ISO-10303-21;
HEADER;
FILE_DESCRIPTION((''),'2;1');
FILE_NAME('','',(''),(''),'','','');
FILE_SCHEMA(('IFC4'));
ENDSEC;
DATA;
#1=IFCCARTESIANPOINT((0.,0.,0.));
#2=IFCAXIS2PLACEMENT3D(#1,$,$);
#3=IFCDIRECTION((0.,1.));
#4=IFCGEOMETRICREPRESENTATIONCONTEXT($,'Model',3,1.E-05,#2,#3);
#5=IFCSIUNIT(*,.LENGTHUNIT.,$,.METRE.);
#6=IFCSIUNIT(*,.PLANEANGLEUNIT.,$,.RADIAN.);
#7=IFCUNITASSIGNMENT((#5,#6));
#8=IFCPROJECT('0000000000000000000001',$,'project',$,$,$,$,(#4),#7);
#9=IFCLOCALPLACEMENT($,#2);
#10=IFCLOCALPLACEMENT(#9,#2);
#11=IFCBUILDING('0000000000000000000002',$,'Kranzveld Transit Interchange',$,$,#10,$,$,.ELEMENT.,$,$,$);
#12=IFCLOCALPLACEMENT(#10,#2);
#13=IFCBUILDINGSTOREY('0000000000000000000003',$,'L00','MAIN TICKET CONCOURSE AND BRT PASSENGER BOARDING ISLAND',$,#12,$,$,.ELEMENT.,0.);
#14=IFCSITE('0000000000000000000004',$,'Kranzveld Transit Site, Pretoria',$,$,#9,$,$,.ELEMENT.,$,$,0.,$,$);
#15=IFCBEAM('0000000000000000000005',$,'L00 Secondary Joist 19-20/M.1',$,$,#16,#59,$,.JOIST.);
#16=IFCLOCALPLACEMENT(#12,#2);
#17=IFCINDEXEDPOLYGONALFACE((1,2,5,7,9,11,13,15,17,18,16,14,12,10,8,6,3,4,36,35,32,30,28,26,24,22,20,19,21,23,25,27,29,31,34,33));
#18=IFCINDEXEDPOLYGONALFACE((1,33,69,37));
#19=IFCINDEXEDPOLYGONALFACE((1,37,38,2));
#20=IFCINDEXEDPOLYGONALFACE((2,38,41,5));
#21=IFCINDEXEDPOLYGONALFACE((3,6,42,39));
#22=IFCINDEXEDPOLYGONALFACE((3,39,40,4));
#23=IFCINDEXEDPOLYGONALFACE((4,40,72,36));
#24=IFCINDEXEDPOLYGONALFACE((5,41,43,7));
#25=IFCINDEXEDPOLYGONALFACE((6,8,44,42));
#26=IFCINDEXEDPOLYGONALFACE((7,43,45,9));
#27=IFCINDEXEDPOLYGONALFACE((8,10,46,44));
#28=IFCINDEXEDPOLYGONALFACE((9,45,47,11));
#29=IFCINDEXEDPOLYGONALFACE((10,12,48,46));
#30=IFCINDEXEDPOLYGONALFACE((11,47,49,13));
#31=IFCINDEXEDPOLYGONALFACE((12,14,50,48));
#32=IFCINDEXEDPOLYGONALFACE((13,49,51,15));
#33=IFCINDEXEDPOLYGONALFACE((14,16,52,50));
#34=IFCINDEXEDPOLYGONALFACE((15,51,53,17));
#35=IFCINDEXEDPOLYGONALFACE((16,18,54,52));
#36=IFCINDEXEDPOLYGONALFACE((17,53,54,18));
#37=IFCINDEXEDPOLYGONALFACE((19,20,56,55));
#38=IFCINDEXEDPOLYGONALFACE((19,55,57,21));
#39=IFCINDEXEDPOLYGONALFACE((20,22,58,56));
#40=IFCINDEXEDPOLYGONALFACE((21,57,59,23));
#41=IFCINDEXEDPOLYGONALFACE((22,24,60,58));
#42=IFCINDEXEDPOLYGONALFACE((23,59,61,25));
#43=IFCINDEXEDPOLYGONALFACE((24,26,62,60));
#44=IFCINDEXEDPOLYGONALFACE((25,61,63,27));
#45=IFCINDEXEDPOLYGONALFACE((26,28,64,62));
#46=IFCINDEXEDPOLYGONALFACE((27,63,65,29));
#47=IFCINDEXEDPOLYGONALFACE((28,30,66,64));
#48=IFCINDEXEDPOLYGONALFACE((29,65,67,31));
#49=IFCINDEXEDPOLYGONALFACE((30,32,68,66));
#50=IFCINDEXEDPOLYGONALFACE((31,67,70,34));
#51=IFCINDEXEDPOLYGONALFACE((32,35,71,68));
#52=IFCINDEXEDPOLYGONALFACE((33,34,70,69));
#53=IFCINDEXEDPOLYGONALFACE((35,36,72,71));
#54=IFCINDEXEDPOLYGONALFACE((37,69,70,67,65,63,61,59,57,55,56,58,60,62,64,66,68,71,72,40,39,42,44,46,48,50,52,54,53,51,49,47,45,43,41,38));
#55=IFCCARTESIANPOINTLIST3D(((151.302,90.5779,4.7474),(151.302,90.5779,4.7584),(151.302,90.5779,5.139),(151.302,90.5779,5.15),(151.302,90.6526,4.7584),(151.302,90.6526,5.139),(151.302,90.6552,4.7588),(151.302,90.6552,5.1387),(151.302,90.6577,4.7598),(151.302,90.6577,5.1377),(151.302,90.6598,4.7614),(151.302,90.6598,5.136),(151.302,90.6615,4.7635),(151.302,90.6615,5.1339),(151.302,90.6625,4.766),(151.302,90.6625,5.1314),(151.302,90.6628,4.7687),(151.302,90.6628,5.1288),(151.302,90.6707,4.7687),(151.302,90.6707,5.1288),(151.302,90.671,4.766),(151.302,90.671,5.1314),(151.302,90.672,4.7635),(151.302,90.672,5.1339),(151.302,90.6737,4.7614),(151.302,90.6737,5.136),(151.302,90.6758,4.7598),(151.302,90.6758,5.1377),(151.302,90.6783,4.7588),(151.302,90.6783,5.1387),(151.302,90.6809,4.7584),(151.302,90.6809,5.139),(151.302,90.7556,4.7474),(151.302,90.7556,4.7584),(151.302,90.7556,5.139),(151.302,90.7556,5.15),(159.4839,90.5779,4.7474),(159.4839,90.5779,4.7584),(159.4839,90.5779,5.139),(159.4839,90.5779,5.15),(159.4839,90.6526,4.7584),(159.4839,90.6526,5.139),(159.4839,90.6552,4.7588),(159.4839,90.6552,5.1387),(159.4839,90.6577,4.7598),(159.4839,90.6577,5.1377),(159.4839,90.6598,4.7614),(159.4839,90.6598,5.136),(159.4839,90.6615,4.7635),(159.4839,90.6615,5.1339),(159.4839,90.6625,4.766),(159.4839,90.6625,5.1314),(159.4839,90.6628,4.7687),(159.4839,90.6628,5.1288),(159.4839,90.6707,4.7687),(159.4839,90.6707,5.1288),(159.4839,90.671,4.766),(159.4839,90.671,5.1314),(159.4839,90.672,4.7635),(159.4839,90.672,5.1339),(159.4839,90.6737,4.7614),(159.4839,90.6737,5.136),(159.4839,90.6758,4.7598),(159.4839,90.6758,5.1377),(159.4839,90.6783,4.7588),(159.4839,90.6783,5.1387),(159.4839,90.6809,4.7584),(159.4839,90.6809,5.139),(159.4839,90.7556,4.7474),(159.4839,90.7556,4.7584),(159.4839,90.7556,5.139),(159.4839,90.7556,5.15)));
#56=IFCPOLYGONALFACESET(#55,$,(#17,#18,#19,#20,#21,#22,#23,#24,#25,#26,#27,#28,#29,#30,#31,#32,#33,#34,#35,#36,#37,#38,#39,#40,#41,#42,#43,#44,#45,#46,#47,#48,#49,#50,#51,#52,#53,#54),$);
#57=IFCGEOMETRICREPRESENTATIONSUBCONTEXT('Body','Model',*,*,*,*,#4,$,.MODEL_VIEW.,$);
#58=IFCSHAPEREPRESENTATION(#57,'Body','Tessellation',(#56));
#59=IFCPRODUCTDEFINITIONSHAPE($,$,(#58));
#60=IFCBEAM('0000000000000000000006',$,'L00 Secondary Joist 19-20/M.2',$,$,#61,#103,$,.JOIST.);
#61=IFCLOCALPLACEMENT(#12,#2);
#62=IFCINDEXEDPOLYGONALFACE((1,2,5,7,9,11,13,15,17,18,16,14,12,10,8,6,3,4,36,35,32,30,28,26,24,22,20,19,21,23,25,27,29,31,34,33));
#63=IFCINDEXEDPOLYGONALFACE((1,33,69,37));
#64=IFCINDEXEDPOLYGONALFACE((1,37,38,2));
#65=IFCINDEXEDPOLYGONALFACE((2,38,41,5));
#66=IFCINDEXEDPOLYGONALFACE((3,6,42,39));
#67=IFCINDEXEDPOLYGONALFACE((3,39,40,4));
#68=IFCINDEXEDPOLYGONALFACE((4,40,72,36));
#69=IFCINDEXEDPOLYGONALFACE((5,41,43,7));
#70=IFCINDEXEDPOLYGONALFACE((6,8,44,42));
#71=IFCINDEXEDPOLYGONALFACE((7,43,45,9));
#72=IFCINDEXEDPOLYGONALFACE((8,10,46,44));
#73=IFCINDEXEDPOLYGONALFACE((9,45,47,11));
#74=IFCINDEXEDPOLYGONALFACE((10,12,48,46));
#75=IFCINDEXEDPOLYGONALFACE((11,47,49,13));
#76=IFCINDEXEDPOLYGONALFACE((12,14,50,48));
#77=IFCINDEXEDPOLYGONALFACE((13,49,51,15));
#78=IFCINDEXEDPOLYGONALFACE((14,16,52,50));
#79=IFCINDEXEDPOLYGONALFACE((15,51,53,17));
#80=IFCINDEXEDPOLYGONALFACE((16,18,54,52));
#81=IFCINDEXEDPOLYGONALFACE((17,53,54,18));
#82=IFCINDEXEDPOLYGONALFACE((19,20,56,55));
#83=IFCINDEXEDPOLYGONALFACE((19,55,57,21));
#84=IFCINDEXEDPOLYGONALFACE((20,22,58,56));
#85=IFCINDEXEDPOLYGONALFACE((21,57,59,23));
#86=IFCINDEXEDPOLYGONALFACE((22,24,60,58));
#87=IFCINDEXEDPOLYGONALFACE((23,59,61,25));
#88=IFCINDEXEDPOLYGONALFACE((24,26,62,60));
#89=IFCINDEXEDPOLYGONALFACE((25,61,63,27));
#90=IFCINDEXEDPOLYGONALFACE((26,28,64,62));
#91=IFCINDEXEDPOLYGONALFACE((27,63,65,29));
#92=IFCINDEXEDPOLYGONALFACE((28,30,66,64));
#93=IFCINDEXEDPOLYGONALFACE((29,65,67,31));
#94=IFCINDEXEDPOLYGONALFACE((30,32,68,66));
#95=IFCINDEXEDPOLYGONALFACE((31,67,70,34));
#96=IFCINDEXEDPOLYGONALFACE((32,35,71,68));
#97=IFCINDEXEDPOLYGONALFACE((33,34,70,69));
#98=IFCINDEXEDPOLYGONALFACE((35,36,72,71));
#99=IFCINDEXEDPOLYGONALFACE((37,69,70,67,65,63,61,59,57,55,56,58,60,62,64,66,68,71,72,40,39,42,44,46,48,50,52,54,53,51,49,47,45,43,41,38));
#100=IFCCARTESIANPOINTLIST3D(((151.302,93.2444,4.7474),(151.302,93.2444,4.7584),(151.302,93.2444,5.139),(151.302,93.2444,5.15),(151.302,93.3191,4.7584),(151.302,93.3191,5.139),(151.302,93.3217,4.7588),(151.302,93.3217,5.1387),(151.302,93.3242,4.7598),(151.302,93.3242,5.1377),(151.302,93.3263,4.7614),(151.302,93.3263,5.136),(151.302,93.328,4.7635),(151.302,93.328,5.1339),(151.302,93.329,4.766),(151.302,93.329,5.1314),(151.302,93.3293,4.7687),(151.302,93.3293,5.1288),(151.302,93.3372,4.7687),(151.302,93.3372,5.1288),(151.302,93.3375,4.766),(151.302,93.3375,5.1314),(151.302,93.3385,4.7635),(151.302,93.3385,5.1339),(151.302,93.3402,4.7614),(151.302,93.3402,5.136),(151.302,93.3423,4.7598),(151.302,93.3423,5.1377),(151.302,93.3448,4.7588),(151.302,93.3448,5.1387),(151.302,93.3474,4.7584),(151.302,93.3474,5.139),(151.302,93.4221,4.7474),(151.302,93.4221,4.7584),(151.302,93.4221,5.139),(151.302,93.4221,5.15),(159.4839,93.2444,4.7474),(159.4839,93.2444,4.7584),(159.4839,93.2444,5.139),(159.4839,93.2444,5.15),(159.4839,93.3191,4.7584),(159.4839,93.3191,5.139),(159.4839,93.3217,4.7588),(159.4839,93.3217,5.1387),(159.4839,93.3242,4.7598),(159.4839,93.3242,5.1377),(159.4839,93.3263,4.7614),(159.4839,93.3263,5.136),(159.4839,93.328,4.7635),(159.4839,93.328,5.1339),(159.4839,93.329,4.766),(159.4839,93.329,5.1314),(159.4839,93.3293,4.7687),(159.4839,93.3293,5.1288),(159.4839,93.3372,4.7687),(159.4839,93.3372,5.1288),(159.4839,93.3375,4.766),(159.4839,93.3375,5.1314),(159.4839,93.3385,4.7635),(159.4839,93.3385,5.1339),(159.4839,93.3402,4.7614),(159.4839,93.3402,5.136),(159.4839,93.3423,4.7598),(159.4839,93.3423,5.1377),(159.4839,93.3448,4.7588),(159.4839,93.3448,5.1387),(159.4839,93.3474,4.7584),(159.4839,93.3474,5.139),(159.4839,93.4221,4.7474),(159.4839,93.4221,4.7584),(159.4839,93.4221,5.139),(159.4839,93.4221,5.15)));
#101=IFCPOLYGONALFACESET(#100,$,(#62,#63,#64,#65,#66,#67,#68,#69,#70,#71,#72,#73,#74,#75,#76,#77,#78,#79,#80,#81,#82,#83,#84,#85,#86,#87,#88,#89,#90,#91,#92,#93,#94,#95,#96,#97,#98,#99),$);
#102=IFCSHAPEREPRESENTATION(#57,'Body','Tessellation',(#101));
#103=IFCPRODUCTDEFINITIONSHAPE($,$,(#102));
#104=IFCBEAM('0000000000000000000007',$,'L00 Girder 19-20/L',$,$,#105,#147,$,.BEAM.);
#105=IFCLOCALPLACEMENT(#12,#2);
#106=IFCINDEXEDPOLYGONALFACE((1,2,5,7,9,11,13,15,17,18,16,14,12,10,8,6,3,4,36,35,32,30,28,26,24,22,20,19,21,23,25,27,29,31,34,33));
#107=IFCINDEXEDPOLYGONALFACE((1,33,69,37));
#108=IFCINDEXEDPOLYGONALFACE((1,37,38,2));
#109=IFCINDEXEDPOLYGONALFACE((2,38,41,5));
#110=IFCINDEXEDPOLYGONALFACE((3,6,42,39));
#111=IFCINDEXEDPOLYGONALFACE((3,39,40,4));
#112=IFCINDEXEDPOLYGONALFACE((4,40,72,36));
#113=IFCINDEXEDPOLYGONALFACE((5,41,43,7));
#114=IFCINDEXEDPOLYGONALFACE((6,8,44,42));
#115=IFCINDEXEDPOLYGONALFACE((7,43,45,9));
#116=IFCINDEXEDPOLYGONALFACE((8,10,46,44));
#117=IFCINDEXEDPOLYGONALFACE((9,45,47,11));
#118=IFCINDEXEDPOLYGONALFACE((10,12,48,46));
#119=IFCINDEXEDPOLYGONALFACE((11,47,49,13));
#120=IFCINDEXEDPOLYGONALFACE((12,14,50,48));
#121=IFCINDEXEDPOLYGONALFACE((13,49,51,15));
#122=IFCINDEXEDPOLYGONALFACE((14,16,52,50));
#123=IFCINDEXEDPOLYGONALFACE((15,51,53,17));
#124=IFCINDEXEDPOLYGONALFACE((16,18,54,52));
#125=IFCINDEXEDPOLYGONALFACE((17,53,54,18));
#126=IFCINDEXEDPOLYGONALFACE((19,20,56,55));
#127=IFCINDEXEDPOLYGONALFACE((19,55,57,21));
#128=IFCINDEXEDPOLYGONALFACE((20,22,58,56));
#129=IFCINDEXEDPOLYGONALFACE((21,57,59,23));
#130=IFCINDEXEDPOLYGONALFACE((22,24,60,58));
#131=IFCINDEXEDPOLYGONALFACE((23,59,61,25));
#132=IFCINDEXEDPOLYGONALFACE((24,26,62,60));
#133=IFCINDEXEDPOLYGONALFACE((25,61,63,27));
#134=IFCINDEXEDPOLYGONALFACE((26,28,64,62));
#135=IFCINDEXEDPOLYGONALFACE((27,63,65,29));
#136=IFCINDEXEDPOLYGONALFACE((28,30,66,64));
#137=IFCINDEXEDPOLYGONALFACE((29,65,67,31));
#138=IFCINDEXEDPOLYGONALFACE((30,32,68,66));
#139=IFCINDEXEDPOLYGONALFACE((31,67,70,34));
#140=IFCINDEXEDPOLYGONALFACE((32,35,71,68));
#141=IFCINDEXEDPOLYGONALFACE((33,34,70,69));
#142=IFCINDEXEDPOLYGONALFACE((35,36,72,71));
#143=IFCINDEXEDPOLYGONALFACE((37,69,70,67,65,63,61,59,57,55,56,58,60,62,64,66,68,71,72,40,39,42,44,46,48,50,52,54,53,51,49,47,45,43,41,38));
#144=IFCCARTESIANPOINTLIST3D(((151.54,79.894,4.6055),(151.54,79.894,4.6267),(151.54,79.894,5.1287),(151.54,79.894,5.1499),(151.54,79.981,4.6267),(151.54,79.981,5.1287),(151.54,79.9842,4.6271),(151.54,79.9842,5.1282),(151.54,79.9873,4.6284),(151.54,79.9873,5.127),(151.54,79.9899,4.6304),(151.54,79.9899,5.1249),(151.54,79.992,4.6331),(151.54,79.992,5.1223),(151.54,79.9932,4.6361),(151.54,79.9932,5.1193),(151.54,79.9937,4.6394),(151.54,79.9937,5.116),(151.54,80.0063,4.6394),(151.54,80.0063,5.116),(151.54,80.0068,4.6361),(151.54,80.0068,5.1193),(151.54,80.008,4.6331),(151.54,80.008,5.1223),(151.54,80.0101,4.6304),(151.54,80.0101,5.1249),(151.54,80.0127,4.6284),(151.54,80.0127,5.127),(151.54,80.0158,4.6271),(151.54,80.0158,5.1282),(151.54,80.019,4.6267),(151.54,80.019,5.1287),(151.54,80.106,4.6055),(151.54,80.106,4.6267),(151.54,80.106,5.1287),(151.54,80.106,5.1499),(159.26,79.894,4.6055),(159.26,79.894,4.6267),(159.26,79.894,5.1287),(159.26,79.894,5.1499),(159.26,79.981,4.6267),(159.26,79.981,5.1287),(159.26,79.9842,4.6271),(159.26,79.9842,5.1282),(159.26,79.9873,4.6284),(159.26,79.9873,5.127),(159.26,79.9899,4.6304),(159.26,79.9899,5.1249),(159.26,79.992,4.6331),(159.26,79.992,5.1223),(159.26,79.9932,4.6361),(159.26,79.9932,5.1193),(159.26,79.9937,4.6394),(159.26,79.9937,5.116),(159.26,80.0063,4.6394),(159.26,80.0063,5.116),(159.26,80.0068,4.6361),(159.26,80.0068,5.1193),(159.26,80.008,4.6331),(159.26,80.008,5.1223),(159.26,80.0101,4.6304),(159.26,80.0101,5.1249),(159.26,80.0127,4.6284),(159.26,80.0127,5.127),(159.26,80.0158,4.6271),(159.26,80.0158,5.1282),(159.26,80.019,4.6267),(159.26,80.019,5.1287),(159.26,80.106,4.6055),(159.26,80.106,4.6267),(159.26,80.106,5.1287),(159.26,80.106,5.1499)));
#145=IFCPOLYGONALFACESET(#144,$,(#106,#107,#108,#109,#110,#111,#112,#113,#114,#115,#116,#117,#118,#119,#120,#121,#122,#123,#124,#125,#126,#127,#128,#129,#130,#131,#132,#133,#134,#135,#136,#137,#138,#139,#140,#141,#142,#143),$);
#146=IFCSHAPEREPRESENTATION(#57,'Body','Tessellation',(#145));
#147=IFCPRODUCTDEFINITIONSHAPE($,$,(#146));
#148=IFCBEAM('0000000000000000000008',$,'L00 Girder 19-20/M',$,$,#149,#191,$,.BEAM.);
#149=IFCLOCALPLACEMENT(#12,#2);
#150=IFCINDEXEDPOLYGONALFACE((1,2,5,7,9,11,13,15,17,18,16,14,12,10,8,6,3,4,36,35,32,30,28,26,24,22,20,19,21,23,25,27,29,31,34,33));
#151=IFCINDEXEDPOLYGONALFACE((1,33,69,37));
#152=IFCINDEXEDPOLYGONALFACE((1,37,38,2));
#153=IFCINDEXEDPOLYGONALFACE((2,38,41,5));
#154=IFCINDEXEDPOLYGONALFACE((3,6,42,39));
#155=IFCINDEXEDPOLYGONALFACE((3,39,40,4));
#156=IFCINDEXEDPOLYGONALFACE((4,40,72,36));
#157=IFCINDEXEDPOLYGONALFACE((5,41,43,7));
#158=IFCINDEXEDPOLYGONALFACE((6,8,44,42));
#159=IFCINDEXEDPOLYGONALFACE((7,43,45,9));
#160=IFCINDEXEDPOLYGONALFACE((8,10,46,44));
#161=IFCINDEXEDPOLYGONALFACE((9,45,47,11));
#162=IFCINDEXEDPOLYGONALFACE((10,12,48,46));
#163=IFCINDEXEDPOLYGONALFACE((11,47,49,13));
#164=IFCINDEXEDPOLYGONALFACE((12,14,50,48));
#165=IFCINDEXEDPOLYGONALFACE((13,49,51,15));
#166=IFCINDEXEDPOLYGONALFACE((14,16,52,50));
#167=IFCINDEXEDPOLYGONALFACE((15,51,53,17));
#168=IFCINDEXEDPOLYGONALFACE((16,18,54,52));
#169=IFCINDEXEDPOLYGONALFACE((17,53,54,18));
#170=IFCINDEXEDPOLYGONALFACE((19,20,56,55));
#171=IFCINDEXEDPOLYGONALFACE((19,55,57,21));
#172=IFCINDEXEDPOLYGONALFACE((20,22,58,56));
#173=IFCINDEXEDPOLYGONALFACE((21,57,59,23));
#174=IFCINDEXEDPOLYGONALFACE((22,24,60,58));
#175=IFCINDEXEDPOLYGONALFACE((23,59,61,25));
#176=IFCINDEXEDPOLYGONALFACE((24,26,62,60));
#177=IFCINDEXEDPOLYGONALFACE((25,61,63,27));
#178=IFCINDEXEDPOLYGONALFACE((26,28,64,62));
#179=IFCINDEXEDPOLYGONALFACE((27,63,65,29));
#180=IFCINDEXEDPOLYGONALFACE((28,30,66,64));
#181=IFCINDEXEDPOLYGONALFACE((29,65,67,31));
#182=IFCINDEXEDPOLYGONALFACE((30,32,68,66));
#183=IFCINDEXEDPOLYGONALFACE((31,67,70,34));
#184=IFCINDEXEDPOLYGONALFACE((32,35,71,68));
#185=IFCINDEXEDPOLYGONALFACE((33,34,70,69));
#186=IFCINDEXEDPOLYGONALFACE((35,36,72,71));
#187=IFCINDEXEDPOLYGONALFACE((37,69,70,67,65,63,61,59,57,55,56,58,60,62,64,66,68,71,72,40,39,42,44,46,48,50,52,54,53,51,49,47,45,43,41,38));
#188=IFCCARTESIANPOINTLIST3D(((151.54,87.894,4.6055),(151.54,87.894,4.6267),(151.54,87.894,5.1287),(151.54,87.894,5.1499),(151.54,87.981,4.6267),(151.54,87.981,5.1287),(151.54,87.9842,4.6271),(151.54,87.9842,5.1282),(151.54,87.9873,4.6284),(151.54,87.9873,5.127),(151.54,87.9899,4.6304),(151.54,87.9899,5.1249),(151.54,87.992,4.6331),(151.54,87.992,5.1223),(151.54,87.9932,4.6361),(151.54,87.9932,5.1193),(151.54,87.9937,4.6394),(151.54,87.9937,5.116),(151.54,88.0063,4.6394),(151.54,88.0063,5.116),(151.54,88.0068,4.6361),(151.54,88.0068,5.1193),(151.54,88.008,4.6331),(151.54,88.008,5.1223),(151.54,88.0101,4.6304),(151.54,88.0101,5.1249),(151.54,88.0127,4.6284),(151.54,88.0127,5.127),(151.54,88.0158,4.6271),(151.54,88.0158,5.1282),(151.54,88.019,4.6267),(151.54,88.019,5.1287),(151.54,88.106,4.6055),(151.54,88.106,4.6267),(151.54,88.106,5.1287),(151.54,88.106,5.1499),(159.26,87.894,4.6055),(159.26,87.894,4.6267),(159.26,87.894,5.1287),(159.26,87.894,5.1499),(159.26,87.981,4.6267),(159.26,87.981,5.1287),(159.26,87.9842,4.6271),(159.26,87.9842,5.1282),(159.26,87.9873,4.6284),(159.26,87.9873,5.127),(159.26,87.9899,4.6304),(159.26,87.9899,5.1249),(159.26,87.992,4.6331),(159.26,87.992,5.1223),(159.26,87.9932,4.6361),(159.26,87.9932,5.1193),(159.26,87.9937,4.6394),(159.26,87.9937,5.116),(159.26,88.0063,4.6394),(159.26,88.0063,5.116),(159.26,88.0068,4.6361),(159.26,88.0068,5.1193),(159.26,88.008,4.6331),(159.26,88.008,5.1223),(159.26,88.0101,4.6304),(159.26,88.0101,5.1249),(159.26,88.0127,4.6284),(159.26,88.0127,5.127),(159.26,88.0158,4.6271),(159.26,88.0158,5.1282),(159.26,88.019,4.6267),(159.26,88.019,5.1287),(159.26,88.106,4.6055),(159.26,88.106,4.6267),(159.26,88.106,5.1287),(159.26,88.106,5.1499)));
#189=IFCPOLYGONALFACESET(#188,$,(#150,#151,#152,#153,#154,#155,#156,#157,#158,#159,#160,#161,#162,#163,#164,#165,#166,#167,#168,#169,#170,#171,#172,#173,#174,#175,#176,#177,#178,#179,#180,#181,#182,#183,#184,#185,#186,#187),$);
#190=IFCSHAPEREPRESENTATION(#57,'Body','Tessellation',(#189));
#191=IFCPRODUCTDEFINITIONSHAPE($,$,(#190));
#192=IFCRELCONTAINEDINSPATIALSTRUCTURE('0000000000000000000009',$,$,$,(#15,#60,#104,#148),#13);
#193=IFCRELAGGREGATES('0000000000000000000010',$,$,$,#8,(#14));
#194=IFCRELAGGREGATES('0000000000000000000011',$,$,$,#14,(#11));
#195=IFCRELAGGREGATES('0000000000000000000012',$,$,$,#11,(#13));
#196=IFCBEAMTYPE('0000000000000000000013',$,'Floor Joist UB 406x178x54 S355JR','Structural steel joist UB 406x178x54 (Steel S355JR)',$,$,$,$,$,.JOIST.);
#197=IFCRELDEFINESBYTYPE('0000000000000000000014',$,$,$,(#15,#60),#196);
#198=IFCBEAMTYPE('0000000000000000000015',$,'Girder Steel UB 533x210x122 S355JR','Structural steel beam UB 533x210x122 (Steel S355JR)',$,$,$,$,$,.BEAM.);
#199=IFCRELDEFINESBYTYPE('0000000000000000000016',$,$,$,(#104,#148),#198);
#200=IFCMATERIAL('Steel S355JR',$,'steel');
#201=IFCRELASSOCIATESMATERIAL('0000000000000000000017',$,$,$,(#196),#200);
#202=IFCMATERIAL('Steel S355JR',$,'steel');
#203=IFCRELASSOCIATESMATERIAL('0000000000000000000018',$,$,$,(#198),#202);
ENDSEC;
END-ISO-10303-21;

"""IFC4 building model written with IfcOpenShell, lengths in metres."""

from ifc_helpers import new_model, si_unit, direction, frame, origin, origin_2d, place, context, subcontext, project, spatial, i_section, extrude, material, material_profile, profile_set, type_object, element, save


model = new_model("IFC4")

# Units and contexts
model_context = context("Model", 3, precision=1e-05, world=origin(), true_north=direction((0.0, 1.0)))
body_context = subcontext(model_context, "Body", "Model", "MODEL_VIEW")
ifc_project = project(units=[si_unit("LENGTHUNIT", "METRE"), si_unit("PLANEANGLEUNIT", "RADIAN")], contexts=[model_context])

# Site, building, storey
site_placement = place(None, origin())
site = spatial("IfcSite", under=ifc_project, at=site_placement, Name="Kranzveld Transit Site, Pretoria", CompositionType="ELEMENT", RefElevation=0.0)
building_placement = place(site_placement, origin())
building = spatial("IfcBuilding", under=site, at=building_placement, Name="Kranzveld Transit Interchange", CompositionType="ELEMENT")
storey_placement = place(building_placement, origin())
storey = spatial("IfcBuildingStorey", under=building, at=storey_placement, Name="L00", Description="MAIN TICKET CONCOURSE AND BRT PASSENGER BOARDING ISLAND", CompositionType="ELEMENT", Elevation=0.0)

# Beams
ifc_material_1 = material(Name="Steel S355JR", Category="steel")
ifc_material_profile_1 = material_profile(ifc_material_1, i_section(OverallWidth=0.1777, OverallDepth=0.4026, WebThickness=0.0078, FlangeThickness=0.011, FilletRadius=0.0103, at=origin_2d()), Name="UB 406x178x54")
ifc_profile_set_1 = profile_set([ifc_material_profile_1], Name="Steel S355JR")
beam_type_1 = type_object("IfcBeamType", Name="Floor Joist UB 406x178x54 S355JR", Description="Structural steel joist UB 406x178x54 (Steel S355JR)", PredefinedType="JOIST", material=ifc_profile_set_1)
for number, where, z_axis, x_axis, name in (
    (1, (151.302, 90.6667, 4.9487), (1.0, 0.0, 0.0), (0.0, 1.0, 0.0), "L00 Secondary Joist 19-20/M.1"),
    (2, (151.302, 93.3333, 4.9487), (1.0, 0.0, 0.0), (0.0, 1.0, 0.0), "L00 Secondary Joist 19-20/M.2"),
):
    element("IfcBeam", number, at=place(storey_placement, frame(where, z_axis=z_axis, x_axis=x_axis)), inside=storey, type_object=beam_type_1, Name=name, PredefinedType="JOIST", context=body_context, shape_type="SweptSolid", body=[
        extrude(i_section(OverallWidth=0.1777, OverallDepth=0.4026, WebThickness=0.0078, FlangeThickness=0.011, FilletRadius=0.0103, at=origin_2d()), origin(), (0.0, 0.0, 1.0), 8.1819),
    ])
ifc_material_2 = material(Name="Steel S355JR", Category="steel")
ifc_material_profile_2 = material_profile(ifc_material_2, i_section(OverallWidth=0.2119, OverallDepth=0.5444, WebThickness=0.0127, FlangeThickness=0.0212, FilletRadius=0.0127, at=origin_2d()), Name="UB 533x210x122")
ifc_profile_set_2 = profile_set([ifc_material_profile_2], Name="Steel S355JR")
beam_type_2 = type_object("IfcBeamType", Name="Girder Steel UB 533x210x122 S355JR", Description="Structural steel beam UB 533x210x122 (Steel S355JR)", PredefinedType="BEAM", material=ifc_profile_set_2)
for number, where, z_axis, x_axis, name in (
    (3, (151.54, 80.0, 4.8777), (1.0, 0.0, 0.0), (0.0, 1.0, 0.0), "L00 Girder 19-20/L"),
    (4, (151.54, 88.0, 4.8777), (1.0, 0.0, 0.0), (0.0, 1.0, 0.0), "L00 Girder 19-20/M"),
):
    element("IfcBeam", number, at=place(storey_placement, frame(where, z_axis=z_axis, x_axis=x_axis)), inside=storey, type_object=beam_type_2, Name=name, PredefinedType="BEAM", context=body_context, shape_type="SweptSolid", body=[
        extrude(i_section(OverallWidth=0.2119, OverallDepth=0.5444, WebThickness=0.0127, FlangeThickness=0.0212, FilletRadius=0.0127, at=origin_2d()), origin(), (0.0, 0.0, 1.0), 7.72),
    ])

save(model, "model.ifc")
